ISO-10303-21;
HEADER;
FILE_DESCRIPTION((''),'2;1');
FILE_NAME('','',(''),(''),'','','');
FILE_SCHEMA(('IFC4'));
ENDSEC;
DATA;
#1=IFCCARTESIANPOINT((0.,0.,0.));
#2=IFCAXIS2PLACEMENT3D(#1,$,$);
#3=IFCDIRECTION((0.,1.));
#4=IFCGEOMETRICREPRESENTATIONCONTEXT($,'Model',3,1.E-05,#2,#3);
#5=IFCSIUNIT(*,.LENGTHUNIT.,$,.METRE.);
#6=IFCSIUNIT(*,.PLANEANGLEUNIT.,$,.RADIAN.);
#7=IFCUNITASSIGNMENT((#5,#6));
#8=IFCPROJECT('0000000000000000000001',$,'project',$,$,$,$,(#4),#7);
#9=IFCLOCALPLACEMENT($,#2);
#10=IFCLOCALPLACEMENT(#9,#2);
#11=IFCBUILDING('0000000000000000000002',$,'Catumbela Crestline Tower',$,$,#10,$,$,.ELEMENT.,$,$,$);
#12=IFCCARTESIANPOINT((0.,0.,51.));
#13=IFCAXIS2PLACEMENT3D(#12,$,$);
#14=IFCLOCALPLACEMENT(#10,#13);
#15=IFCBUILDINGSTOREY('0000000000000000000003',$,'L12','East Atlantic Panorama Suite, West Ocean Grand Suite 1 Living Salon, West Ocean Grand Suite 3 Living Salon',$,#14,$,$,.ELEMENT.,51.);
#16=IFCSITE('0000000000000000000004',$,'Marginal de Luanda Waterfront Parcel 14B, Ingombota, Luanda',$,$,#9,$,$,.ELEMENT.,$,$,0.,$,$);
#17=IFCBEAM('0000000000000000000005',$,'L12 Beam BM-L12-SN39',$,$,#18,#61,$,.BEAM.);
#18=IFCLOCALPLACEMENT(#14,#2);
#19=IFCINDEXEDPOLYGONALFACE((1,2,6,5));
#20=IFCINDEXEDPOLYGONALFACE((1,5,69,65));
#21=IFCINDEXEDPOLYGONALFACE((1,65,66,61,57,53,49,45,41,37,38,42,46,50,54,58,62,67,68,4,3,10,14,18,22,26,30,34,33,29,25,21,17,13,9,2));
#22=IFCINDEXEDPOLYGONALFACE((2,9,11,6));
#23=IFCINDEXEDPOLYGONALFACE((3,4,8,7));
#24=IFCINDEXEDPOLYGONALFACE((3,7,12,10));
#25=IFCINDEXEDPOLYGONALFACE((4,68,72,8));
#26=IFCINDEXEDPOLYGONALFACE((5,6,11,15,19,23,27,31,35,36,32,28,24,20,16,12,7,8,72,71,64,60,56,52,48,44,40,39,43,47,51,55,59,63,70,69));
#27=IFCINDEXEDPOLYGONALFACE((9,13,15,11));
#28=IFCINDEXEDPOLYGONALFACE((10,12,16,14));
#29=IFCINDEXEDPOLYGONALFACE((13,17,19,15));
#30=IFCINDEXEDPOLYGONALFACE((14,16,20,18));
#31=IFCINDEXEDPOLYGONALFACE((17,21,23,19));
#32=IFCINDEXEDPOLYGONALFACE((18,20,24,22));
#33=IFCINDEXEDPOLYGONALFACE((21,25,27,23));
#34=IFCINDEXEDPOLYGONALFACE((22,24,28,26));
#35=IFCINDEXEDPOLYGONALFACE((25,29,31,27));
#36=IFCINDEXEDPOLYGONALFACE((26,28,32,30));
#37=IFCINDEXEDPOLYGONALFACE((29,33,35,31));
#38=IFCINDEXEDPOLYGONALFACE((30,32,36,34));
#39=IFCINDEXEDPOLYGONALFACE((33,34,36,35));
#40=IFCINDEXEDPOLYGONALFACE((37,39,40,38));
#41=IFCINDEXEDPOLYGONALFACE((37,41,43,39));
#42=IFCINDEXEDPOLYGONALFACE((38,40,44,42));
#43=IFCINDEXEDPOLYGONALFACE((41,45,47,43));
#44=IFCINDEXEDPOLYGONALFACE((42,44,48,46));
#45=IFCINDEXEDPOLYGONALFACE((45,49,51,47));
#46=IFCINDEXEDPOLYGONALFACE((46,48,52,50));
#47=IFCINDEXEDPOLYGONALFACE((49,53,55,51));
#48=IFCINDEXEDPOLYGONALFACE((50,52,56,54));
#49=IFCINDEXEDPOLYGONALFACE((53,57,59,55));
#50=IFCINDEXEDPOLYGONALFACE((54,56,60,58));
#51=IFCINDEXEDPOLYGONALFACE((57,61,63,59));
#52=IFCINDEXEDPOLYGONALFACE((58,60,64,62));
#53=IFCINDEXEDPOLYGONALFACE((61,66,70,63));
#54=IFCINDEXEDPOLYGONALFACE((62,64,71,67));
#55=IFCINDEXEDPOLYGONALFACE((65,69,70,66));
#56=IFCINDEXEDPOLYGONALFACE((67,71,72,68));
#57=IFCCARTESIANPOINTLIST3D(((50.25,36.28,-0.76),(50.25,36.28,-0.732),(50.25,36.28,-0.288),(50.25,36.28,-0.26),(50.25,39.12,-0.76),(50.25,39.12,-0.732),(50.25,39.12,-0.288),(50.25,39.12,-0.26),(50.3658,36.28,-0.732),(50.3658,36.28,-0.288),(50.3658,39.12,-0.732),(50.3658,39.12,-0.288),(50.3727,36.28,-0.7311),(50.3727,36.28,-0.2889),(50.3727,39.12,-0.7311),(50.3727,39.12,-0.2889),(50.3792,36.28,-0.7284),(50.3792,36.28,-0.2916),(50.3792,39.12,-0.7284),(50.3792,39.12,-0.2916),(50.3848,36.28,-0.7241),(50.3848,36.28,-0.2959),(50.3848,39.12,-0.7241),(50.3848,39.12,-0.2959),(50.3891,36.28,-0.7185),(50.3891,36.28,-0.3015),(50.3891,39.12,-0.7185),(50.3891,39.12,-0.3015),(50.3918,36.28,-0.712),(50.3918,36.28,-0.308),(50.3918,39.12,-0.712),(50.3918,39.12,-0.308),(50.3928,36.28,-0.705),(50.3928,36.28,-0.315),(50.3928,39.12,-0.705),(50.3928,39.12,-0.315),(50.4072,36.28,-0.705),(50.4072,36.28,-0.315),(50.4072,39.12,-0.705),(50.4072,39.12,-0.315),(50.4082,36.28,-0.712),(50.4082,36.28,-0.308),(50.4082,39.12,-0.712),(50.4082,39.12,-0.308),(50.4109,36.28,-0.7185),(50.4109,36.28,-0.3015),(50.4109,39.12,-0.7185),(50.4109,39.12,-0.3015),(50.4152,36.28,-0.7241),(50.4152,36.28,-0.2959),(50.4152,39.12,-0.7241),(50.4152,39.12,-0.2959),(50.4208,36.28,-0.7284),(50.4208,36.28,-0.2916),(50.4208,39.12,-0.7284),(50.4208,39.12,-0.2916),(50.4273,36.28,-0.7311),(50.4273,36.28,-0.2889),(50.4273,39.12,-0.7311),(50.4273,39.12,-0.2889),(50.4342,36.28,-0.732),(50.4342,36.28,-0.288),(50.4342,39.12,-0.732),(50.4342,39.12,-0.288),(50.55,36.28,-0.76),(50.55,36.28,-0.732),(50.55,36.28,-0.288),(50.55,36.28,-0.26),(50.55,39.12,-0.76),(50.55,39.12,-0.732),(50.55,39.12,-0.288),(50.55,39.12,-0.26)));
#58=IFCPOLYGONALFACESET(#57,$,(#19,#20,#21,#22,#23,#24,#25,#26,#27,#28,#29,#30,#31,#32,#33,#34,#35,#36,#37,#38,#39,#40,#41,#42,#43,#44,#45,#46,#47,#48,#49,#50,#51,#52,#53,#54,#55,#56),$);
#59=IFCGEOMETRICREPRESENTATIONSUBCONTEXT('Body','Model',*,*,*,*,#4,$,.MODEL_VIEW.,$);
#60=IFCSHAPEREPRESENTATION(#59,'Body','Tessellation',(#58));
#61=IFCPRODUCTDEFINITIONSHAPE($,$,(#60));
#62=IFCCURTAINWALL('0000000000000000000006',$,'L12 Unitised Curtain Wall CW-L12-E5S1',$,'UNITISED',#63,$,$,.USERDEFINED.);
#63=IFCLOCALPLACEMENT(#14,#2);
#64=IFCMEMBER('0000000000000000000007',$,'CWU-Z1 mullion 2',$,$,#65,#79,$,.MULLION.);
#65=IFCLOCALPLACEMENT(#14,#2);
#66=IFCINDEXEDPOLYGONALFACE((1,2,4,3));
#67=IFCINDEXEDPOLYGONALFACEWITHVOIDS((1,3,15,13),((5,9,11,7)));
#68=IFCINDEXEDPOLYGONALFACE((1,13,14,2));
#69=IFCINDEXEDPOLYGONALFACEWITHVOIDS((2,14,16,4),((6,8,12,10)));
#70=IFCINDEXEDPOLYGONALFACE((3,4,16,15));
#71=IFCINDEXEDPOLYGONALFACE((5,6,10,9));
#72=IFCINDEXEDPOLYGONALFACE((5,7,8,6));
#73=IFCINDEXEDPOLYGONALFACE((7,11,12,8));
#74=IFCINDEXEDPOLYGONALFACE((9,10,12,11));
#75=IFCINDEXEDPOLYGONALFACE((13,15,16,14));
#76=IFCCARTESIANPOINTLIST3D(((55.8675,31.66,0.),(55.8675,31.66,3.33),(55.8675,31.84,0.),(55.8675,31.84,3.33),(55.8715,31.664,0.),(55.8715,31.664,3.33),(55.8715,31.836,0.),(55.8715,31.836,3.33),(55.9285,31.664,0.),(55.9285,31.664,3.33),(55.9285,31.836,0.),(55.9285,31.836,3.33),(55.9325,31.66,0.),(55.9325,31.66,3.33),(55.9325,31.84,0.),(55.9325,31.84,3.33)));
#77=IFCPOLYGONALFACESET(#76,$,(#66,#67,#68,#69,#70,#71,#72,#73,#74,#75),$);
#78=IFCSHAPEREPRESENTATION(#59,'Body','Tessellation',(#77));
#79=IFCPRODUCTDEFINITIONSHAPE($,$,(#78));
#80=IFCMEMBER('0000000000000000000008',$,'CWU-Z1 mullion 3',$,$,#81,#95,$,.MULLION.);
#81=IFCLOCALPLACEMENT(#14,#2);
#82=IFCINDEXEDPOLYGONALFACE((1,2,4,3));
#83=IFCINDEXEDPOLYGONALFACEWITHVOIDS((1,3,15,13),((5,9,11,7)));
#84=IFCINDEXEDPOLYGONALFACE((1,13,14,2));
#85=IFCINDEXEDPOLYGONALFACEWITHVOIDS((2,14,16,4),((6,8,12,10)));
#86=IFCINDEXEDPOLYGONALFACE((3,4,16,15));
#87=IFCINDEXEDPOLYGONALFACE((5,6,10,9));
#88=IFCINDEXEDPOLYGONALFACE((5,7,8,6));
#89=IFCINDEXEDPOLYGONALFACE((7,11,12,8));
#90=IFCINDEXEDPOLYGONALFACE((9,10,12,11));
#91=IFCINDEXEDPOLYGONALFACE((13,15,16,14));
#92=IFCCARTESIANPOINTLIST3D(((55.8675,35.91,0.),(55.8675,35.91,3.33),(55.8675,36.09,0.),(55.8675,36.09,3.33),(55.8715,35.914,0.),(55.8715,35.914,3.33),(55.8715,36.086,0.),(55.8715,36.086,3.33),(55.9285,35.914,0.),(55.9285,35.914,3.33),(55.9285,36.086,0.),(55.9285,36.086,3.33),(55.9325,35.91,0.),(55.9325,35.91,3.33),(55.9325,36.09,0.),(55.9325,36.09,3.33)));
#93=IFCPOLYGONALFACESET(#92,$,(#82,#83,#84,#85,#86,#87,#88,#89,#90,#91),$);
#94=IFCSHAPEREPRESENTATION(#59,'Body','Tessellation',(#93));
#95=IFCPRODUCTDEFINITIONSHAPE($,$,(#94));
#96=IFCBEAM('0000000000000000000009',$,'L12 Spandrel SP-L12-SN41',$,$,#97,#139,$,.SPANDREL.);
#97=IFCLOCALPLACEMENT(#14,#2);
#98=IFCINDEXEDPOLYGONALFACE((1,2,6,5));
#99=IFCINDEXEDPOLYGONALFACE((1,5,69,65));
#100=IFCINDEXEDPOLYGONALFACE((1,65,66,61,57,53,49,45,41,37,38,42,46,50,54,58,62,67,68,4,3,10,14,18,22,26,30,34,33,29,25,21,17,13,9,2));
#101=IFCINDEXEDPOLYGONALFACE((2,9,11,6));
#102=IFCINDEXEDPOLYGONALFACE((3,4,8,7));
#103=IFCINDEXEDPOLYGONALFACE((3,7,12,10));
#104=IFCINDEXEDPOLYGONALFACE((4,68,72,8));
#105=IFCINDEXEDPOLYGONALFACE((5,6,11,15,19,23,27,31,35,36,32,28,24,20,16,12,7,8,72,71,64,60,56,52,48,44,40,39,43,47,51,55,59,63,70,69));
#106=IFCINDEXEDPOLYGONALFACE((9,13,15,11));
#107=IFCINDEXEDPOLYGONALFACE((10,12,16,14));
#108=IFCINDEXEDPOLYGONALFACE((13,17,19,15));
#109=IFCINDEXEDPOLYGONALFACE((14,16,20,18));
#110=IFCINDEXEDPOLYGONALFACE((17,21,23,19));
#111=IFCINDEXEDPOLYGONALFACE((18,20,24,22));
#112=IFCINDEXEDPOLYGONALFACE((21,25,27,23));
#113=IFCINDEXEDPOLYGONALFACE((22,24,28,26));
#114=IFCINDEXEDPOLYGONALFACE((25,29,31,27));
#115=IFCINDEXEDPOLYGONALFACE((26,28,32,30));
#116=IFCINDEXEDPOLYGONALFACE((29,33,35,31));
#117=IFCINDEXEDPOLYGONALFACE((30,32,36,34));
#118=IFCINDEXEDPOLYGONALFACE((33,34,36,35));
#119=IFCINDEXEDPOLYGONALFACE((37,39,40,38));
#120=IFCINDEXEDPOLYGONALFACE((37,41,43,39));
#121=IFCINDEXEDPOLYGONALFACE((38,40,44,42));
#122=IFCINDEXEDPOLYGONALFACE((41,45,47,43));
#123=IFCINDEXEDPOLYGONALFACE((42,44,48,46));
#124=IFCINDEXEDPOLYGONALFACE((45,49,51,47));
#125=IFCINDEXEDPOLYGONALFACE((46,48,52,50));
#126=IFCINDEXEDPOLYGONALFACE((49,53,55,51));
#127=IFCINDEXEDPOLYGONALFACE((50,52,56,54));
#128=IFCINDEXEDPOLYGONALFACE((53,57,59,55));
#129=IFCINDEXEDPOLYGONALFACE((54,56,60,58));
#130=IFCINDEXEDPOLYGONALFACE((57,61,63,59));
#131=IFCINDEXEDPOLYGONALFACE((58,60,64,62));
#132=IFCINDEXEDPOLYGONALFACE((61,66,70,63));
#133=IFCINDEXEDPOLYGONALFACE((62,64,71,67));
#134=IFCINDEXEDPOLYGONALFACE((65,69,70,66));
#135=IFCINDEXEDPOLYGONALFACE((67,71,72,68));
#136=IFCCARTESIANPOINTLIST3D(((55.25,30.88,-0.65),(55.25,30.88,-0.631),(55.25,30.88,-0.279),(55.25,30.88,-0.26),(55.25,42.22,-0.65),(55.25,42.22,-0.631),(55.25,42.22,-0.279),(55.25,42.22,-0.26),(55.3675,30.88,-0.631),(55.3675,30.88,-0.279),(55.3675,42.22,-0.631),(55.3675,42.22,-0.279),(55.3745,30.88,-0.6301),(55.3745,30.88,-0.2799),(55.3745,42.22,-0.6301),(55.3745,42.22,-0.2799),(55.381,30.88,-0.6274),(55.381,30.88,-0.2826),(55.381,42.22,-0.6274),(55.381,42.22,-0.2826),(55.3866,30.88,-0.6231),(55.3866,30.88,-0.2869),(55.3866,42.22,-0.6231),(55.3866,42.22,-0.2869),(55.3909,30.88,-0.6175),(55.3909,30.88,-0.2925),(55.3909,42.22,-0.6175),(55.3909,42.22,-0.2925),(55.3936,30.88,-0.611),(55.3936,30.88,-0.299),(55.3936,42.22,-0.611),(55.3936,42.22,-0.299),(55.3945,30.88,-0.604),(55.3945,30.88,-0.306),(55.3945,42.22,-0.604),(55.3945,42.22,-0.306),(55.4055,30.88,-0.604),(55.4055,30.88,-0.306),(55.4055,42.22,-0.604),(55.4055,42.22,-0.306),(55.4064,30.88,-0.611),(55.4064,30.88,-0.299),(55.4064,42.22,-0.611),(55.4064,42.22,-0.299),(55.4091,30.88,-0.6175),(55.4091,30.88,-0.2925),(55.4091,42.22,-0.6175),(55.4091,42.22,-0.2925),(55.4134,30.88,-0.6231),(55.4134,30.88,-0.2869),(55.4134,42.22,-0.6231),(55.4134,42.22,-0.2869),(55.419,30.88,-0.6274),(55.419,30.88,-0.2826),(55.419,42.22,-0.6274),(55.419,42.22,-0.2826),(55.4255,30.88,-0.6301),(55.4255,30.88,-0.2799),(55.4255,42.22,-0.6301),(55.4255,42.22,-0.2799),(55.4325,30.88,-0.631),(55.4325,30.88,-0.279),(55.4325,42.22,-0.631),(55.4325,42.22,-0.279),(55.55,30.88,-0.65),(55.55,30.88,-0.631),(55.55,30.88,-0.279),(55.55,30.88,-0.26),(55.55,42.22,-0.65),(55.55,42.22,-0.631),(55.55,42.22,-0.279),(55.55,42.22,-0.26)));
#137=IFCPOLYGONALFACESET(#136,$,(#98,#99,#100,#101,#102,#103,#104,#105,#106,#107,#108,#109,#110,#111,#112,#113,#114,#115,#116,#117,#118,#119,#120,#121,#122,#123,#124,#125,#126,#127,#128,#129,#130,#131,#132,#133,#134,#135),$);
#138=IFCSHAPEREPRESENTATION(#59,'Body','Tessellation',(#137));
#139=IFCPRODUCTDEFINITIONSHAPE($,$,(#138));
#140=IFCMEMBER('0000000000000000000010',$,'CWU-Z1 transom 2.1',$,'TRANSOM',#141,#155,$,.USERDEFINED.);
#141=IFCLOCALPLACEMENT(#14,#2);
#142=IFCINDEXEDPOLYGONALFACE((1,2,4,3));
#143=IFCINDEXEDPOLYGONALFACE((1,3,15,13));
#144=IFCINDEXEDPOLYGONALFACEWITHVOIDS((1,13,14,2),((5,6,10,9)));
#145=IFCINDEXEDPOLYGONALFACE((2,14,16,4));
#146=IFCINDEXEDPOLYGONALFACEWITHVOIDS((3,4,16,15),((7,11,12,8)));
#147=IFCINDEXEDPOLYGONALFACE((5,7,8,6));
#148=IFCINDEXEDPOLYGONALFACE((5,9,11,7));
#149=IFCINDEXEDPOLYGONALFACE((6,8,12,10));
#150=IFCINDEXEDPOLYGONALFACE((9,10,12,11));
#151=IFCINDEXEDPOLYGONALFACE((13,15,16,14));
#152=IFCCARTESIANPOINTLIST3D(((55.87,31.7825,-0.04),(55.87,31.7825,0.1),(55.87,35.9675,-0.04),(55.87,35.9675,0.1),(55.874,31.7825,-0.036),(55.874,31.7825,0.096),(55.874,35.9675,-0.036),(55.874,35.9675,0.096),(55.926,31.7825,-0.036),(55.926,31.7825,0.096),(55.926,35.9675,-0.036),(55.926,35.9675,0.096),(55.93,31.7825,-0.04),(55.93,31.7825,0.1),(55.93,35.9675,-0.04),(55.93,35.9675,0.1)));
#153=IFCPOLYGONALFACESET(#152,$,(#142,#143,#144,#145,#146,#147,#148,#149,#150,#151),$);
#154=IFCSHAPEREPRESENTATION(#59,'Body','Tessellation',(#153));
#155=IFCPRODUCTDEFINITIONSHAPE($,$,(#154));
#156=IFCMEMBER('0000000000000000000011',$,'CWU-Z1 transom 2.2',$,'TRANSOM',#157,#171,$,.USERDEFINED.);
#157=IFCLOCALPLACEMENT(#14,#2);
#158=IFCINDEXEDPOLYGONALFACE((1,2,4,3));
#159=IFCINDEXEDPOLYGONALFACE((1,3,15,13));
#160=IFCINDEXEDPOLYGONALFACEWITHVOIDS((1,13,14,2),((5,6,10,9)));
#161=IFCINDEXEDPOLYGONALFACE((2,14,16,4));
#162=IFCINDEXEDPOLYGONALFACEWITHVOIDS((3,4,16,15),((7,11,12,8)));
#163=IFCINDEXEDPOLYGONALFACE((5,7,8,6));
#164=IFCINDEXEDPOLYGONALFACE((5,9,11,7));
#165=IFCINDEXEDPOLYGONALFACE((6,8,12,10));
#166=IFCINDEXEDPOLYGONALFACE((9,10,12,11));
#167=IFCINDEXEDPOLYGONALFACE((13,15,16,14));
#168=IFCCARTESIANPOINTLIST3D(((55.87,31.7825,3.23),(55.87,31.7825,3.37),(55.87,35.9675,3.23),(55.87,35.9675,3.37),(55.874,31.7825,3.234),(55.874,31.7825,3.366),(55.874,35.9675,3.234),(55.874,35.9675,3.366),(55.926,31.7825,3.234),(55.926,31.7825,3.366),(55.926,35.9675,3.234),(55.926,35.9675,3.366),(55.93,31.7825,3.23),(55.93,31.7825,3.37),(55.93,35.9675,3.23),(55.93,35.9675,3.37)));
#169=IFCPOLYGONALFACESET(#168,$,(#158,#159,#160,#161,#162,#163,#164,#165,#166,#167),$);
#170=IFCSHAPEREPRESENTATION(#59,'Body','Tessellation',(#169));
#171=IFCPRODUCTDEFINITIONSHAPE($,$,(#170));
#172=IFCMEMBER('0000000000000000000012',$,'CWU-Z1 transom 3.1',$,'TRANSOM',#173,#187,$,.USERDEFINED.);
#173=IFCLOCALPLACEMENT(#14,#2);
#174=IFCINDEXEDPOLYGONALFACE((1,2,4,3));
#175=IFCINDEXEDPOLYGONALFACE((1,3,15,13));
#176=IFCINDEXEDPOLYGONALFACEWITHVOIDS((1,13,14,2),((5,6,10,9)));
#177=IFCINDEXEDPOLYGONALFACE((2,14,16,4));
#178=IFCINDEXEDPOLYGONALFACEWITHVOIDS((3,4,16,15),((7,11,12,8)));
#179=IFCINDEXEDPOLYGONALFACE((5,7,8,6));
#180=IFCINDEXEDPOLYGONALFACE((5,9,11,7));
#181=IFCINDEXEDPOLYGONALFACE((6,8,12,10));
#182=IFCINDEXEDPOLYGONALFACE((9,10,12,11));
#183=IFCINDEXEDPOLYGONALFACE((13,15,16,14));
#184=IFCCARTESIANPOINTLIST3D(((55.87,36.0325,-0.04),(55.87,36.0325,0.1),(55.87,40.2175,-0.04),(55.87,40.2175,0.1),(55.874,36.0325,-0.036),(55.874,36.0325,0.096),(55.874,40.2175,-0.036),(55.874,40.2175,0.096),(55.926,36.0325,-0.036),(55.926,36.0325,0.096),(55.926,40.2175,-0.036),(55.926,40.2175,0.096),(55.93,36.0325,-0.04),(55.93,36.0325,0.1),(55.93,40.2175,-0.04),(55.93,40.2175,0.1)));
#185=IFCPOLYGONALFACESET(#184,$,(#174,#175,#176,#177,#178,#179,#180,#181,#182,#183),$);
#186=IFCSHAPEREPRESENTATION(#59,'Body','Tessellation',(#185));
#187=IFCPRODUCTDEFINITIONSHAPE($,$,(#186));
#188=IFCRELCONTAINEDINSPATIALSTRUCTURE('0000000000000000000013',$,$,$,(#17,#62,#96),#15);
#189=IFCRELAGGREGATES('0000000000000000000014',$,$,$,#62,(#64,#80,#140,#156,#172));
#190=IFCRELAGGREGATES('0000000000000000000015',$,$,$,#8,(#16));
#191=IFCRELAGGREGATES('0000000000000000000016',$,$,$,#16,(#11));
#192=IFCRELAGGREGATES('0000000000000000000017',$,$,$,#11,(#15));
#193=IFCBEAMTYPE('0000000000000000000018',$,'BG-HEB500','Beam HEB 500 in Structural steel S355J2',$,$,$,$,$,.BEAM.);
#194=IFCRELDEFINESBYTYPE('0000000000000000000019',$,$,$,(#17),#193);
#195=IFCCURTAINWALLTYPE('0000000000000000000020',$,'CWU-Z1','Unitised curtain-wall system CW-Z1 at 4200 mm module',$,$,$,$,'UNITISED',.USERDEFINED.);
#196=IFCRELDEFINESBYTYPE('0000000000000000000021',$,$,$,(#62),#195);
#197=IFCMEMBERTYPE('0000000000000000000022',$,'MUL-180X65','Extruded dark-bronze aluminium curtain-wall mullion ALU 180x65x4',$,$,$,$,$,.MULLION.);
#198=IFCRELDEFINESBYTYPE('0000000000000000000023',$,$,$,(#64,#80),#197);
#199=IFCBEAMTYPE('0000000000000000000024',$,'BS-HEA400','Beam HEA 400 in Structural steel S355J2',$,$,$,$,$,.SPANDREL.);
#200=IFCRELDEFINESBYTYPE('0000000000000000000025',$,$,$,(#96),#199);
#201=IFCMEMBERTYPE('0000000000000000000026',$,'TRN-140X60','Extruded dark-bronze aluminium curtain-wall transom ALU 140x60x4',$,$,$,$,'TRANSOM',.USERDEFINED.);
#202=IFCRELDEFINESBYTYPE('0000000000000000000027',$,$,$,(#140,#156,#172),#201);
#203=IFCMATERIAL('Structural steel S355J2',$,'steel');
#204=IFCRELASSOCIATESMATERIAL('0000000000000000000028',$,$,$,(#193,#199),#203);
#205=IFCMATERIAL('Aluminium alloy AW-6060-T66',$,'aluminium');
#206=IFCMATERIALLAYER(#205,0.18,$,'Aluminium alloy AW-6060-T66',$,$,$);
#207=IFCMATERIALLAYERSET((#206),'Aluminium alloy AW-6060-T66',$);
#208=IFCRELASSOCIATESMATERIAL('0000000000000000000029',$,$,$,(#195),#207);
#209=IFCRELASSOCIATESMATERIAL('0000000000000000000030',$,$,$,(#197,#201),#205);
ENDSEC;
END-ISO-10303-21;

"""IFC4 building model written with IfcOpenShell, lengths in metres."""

from ifc_helpers import new_model, si_unit, direction, frame, origin, origin_2d, place, context, subcontext, project, spatial, hollow_rectangle, i_section, extrude, material, layer, layer_set, material_profile, profile_set, type_object, element, aggregate, save


model = new_model("IFC4")

# Units and contexts
model_context = context("Model", 3, precision=1e-05, world=origin(), true_north=direction((0.0, 1.0)))
body_context = subcontext(model_context, "Body", "Model", "MODEL_VIEW")
ifc_project = project(units=[si_unit("LENGTHUNIT", "METRE"), si_unit("PLANEANGLEUNIT", "RADIAN")], contexts=[model_context])

# Site, building, storey
site_placement = place(None, origin())
site = spatial("IfcSite", under=ifc_project, at=site_placement, Name="Marginal de Luanda Waterfront Parcel 14B, Ingombota, Luanda", CompositionType="ELEMENT", RefElevation=0.0)
building_placement = place(site_placement, origin())
building = spatial("IfcBuilding", under=site, at=building_placement, Name="Catumbela Crestline Tower", CompositionType="ELEMENT")
storey_placement = place(building_placement, frame((0.0, 0.0, 51.0)))
storey = spatial("IfcBuildingStorey", under=building, at=storey_placement, Name="L12", Description="East Atlantic Panorama Suite, West Ocean Grand Suite 1 Living Salon, West Ocean Grand Suite 3 Living Salon", CompositionType="ELEMENT", Elevation=51.0)

# Beam
ifc_material_1 = material(Name="Structural steel S355J2", Category="steel")
ifc_material_profile_1 = material_profile(ifc_material_1, i_section(OverallWidth=0.3, OverallDepth=0.5, WebThickness=0.0145, FlangeThickness=0.028, FilletRadius=0.027, at=origin_2d()), Name="HEB 500")
ifc_profile_set_1 = profile_set([ifc_material_profile_1], Name="Structural steel S355J2")
beam_type_1 = type_object("IfcBeamType", Name="BG-HEB500", Description="Beam HEB 500 in Structural steel S355J2", PredefinedType="BEAM", material=ifc_profile_set_1)
beam_1_placement = place(storey_placement, frame((50.4, 36.28, -0.51), z_axis=(0.0, 1.0, 0.0), x_axis=(-1.0, 0.0, 0.0)))
element("IfcBeam", 1, at=beam_1_placement, inside=storey, type_object=beam_type_1, Name="L12 Beam BM-L12-SN39", PredefinedType="BEAM", context=body_context, shape_type="SweptSolid", body=[
    extrude(i_section(OverallWidth=0.3, OverallDepth=0.5, WebThickness=0.0145, FlangeThickness=0.028, FilletRadius=0.027, at=origin_2d()), origin(), (0.0, 0.0, 1.0), 2.84),
])

# Curtain wall, members
ifc_material_2 = material(Name="Aluminium alloy AW-6060-T66", Category="aluminium")
ifc_layer_1 = layer(ifc_material_2, 0.18, Name="Aluminium alloy AW-6060-T66")
ifc_layer_set_1 = layer_set([ifc_layer_1], Name="Aluminium alloy AW-6060-T66")
curtain_wall_type = type_object("IfcCurtainWallType", Name="CWU-Z1", Description="Unitised curtain-wall system CW-Z1 at 4200 mm module", ElementType="UNITISED", PredefinedType="USERDEFINED", material=ifc_layer_set_1)
curtain_wall_placement = place(storey_placement, origin())
curtain_wall = element("IfcCurtainWall", 2, at=curtain_wall_placement, inside=storey, type_object=curtain_wall_type, Name="L12 Unitised Curtain Wall CW-L12-E5S1", ObjectType="UNITISED", PredefinedType="USERDEFINED")
ifc_material_profile_2 = material_profile(ifc_material_2, hollow_rectangle(XDim=0.065, YDim=0.18, WallThickness=0.004, at=origin_2d()), Name="ALU 180x65x4")
ifc_profile_set_2 = profile_set([ifc_material_profile_2], Name="Aluminium alloy AW-6060-T66")
member_type_1 = type_object("IfcMemberType", Name="MUL-180X65", Description="Extruded dark-bronze aluminium curtain-wall mullion ALU 180x65x4", PredefinedType="MULLION", material=ifc_profile_set_2)
member_1_placement = place(storey_placement, frame((55.9, 31.75, 0.0), z_axis=(0.0, 0.0, 1.0), x_axis=(-1.0, 0.0, 0.0)))
member_1 = element("IfcMember", 3, at=member_1_placement, type_object=member_type_1, Name="CWU-Z1 mullion 2", PredefinedType="MULLION", context=body_context, shape_type="SweptSolid", body=[
    extrude(hollow_rectangle(XDim=0.065, YDim=0.18, WallThickness=0.004, at=origin_2d()), origin(), (0.0, 0.0, 1.0), 3.33),
])
member_2_placement = place(storey_placement, frame((55.9, 36.0, 0.0), z_axis=(0.0, 0.0, 1.0), x_axis=(-1.0, 0.0, 0.0)))
member_2 = element("IfcMember", 4, at=member_2_placement, type_object=member_type_1, Name="CWU-Z1 mullion 3", PredefinedType="MULLION", context=body_context, shape_type="SweptSolid", body=[
    extrude(hollow_rectangle(XDim=0.065, YDim=0.18, WallThickness=0.004, at=origin_2d()), origin(), (0.0, 0.0, 1.0), 3.33),
])

# Beam
ifc_material_profile_3 = material_profile(ifc_material_1, i_section(OverallWidth=0.3, OverallDepth=0.39, WebThickness=0.011, FlangeThickness=0.019, FilletRadius=0.027, at=origin_2d()), Name="HEA 400")
ifc_profile_set_3 = profile_set([ifc_material_profile_3], Name="Structural steel S355J2")
beam_type_2 = type_object("IfcBeamType", Name="BS-HEA400", Description="Beam HEA 400 in Structural steel S355J2", PredefinedType="SPANDREL", material=ifc_profile_set_3)
beam_2_placement = place(storey_placement, frame((55.4, 30.88, -0.455), z_axis=(0.0, 1.0, 0.0), x_axis=(-1.0, 0.0, 0.0)))
element("IfcBeam", 5, at=beam_2_placement, inside=storey, type_object=beam_type_2, Name="L12 Spandrel SP-L12-SN41", PredefinedType="SPANDREL", context=body_context, shape_type="SweptSolid", body=[
    extrude(i_section(OverallWidth=0.3, OverallDepth=0.39, WebThickness=0.011, FlangeThickness=0.019, FilletRadius=0.027, at=origin_2d()), origin(), (0.0, 0.0, 1.0), 11.34),
])

# Members
ifc_material_profile_4 = material_profile(ifc_material_2, hollow_rectangle(XDim=0.06, YDim=0.14, WallThickness=0.004, at=origin_2d()), Name="ALU 140x60x4")
ifc_profile_set_4 = profile_set([ifc_material_profile_4], Name="Aluminium alloy AW-6060-T66")
member_type_2 = type_object("IfcMemberType", Name="TRN-140X60", Description="Extruded dark-bronze aluminium curtain-wall transom ALU 140x60x4", ElementType="TRANSOM", PredefinedType="USERDEFINED", material=ifc_profile_set_4)
member_3_placement = place(storey_placement, frame((55.9, 31.7825, 0.03), z_axis=(0.0, 1.0, 0.0), x_axis=(-1.0, 0.0, 0.0)))
member_3 = element("IfcMember", 6, at=member_3_placement, type_object=member_type_2, Name="CWU-Z1 transom 2.1", ObjectType="TRANSOM", PredefinedType="USERDEFINED", context=body_context, shape_type="SweptSolid", body=[
    extrude(hollow_rectangle(XDim=0.06, YDim=0.14, WallThickness=0.004, at=origin_2d()), origin(), (0.0, 0.0, 1.0), 4.185),
])
member_4_placement = place(storey_placement, frame((55.9, 31.7825, 3.3), z_axis=(0.0, 1.0, 0.0), x_axis=(-1.0, 0.0, 0.0)))
member_4 = element("IfcMember", 7, at=member_4_placement, type_object=member_type_2, Name="CWU-Z1 transom 2.2", ObjectType="TRANSOM", PredefinedType="USERDEFINED", context=body_context, shape_type="SweptSolid", body=[
    extrude(hollow_rectangle(XDim=0.06, YDim=0.14, WallThickness=0.004, at=origin_2d()), origin(), (0.0, 0.0, 1.0), 4.185),
])
member_5_placement = place(storey_placement, frame((55.9, 36.0325, 0.03), z_axis=(0.0, 1.0, 0.0), x_axis=(-1.0, 0.0, 0.0)))
member_5 = element("IfcMember", 8, at=member_5_placement, type_object=member_type_2, Name="CWU-Z1 transom 3.1", ObjectType="TRANSOM", PredefinedType="USERDEFINED", context=body_context, shape_type="SweptSolid", body=[
    extrude(hollow_rectangle(XDim=0.06, YDim=0.14, WallThickness=0.004, at=origin_2d()), origin(), (0.0, 0.0, 1.0), 4.185),
])

aggregate(curtain_wall, [member_1, member_2, member_3, member_4, member_5])

save(model, "model.ifc")
